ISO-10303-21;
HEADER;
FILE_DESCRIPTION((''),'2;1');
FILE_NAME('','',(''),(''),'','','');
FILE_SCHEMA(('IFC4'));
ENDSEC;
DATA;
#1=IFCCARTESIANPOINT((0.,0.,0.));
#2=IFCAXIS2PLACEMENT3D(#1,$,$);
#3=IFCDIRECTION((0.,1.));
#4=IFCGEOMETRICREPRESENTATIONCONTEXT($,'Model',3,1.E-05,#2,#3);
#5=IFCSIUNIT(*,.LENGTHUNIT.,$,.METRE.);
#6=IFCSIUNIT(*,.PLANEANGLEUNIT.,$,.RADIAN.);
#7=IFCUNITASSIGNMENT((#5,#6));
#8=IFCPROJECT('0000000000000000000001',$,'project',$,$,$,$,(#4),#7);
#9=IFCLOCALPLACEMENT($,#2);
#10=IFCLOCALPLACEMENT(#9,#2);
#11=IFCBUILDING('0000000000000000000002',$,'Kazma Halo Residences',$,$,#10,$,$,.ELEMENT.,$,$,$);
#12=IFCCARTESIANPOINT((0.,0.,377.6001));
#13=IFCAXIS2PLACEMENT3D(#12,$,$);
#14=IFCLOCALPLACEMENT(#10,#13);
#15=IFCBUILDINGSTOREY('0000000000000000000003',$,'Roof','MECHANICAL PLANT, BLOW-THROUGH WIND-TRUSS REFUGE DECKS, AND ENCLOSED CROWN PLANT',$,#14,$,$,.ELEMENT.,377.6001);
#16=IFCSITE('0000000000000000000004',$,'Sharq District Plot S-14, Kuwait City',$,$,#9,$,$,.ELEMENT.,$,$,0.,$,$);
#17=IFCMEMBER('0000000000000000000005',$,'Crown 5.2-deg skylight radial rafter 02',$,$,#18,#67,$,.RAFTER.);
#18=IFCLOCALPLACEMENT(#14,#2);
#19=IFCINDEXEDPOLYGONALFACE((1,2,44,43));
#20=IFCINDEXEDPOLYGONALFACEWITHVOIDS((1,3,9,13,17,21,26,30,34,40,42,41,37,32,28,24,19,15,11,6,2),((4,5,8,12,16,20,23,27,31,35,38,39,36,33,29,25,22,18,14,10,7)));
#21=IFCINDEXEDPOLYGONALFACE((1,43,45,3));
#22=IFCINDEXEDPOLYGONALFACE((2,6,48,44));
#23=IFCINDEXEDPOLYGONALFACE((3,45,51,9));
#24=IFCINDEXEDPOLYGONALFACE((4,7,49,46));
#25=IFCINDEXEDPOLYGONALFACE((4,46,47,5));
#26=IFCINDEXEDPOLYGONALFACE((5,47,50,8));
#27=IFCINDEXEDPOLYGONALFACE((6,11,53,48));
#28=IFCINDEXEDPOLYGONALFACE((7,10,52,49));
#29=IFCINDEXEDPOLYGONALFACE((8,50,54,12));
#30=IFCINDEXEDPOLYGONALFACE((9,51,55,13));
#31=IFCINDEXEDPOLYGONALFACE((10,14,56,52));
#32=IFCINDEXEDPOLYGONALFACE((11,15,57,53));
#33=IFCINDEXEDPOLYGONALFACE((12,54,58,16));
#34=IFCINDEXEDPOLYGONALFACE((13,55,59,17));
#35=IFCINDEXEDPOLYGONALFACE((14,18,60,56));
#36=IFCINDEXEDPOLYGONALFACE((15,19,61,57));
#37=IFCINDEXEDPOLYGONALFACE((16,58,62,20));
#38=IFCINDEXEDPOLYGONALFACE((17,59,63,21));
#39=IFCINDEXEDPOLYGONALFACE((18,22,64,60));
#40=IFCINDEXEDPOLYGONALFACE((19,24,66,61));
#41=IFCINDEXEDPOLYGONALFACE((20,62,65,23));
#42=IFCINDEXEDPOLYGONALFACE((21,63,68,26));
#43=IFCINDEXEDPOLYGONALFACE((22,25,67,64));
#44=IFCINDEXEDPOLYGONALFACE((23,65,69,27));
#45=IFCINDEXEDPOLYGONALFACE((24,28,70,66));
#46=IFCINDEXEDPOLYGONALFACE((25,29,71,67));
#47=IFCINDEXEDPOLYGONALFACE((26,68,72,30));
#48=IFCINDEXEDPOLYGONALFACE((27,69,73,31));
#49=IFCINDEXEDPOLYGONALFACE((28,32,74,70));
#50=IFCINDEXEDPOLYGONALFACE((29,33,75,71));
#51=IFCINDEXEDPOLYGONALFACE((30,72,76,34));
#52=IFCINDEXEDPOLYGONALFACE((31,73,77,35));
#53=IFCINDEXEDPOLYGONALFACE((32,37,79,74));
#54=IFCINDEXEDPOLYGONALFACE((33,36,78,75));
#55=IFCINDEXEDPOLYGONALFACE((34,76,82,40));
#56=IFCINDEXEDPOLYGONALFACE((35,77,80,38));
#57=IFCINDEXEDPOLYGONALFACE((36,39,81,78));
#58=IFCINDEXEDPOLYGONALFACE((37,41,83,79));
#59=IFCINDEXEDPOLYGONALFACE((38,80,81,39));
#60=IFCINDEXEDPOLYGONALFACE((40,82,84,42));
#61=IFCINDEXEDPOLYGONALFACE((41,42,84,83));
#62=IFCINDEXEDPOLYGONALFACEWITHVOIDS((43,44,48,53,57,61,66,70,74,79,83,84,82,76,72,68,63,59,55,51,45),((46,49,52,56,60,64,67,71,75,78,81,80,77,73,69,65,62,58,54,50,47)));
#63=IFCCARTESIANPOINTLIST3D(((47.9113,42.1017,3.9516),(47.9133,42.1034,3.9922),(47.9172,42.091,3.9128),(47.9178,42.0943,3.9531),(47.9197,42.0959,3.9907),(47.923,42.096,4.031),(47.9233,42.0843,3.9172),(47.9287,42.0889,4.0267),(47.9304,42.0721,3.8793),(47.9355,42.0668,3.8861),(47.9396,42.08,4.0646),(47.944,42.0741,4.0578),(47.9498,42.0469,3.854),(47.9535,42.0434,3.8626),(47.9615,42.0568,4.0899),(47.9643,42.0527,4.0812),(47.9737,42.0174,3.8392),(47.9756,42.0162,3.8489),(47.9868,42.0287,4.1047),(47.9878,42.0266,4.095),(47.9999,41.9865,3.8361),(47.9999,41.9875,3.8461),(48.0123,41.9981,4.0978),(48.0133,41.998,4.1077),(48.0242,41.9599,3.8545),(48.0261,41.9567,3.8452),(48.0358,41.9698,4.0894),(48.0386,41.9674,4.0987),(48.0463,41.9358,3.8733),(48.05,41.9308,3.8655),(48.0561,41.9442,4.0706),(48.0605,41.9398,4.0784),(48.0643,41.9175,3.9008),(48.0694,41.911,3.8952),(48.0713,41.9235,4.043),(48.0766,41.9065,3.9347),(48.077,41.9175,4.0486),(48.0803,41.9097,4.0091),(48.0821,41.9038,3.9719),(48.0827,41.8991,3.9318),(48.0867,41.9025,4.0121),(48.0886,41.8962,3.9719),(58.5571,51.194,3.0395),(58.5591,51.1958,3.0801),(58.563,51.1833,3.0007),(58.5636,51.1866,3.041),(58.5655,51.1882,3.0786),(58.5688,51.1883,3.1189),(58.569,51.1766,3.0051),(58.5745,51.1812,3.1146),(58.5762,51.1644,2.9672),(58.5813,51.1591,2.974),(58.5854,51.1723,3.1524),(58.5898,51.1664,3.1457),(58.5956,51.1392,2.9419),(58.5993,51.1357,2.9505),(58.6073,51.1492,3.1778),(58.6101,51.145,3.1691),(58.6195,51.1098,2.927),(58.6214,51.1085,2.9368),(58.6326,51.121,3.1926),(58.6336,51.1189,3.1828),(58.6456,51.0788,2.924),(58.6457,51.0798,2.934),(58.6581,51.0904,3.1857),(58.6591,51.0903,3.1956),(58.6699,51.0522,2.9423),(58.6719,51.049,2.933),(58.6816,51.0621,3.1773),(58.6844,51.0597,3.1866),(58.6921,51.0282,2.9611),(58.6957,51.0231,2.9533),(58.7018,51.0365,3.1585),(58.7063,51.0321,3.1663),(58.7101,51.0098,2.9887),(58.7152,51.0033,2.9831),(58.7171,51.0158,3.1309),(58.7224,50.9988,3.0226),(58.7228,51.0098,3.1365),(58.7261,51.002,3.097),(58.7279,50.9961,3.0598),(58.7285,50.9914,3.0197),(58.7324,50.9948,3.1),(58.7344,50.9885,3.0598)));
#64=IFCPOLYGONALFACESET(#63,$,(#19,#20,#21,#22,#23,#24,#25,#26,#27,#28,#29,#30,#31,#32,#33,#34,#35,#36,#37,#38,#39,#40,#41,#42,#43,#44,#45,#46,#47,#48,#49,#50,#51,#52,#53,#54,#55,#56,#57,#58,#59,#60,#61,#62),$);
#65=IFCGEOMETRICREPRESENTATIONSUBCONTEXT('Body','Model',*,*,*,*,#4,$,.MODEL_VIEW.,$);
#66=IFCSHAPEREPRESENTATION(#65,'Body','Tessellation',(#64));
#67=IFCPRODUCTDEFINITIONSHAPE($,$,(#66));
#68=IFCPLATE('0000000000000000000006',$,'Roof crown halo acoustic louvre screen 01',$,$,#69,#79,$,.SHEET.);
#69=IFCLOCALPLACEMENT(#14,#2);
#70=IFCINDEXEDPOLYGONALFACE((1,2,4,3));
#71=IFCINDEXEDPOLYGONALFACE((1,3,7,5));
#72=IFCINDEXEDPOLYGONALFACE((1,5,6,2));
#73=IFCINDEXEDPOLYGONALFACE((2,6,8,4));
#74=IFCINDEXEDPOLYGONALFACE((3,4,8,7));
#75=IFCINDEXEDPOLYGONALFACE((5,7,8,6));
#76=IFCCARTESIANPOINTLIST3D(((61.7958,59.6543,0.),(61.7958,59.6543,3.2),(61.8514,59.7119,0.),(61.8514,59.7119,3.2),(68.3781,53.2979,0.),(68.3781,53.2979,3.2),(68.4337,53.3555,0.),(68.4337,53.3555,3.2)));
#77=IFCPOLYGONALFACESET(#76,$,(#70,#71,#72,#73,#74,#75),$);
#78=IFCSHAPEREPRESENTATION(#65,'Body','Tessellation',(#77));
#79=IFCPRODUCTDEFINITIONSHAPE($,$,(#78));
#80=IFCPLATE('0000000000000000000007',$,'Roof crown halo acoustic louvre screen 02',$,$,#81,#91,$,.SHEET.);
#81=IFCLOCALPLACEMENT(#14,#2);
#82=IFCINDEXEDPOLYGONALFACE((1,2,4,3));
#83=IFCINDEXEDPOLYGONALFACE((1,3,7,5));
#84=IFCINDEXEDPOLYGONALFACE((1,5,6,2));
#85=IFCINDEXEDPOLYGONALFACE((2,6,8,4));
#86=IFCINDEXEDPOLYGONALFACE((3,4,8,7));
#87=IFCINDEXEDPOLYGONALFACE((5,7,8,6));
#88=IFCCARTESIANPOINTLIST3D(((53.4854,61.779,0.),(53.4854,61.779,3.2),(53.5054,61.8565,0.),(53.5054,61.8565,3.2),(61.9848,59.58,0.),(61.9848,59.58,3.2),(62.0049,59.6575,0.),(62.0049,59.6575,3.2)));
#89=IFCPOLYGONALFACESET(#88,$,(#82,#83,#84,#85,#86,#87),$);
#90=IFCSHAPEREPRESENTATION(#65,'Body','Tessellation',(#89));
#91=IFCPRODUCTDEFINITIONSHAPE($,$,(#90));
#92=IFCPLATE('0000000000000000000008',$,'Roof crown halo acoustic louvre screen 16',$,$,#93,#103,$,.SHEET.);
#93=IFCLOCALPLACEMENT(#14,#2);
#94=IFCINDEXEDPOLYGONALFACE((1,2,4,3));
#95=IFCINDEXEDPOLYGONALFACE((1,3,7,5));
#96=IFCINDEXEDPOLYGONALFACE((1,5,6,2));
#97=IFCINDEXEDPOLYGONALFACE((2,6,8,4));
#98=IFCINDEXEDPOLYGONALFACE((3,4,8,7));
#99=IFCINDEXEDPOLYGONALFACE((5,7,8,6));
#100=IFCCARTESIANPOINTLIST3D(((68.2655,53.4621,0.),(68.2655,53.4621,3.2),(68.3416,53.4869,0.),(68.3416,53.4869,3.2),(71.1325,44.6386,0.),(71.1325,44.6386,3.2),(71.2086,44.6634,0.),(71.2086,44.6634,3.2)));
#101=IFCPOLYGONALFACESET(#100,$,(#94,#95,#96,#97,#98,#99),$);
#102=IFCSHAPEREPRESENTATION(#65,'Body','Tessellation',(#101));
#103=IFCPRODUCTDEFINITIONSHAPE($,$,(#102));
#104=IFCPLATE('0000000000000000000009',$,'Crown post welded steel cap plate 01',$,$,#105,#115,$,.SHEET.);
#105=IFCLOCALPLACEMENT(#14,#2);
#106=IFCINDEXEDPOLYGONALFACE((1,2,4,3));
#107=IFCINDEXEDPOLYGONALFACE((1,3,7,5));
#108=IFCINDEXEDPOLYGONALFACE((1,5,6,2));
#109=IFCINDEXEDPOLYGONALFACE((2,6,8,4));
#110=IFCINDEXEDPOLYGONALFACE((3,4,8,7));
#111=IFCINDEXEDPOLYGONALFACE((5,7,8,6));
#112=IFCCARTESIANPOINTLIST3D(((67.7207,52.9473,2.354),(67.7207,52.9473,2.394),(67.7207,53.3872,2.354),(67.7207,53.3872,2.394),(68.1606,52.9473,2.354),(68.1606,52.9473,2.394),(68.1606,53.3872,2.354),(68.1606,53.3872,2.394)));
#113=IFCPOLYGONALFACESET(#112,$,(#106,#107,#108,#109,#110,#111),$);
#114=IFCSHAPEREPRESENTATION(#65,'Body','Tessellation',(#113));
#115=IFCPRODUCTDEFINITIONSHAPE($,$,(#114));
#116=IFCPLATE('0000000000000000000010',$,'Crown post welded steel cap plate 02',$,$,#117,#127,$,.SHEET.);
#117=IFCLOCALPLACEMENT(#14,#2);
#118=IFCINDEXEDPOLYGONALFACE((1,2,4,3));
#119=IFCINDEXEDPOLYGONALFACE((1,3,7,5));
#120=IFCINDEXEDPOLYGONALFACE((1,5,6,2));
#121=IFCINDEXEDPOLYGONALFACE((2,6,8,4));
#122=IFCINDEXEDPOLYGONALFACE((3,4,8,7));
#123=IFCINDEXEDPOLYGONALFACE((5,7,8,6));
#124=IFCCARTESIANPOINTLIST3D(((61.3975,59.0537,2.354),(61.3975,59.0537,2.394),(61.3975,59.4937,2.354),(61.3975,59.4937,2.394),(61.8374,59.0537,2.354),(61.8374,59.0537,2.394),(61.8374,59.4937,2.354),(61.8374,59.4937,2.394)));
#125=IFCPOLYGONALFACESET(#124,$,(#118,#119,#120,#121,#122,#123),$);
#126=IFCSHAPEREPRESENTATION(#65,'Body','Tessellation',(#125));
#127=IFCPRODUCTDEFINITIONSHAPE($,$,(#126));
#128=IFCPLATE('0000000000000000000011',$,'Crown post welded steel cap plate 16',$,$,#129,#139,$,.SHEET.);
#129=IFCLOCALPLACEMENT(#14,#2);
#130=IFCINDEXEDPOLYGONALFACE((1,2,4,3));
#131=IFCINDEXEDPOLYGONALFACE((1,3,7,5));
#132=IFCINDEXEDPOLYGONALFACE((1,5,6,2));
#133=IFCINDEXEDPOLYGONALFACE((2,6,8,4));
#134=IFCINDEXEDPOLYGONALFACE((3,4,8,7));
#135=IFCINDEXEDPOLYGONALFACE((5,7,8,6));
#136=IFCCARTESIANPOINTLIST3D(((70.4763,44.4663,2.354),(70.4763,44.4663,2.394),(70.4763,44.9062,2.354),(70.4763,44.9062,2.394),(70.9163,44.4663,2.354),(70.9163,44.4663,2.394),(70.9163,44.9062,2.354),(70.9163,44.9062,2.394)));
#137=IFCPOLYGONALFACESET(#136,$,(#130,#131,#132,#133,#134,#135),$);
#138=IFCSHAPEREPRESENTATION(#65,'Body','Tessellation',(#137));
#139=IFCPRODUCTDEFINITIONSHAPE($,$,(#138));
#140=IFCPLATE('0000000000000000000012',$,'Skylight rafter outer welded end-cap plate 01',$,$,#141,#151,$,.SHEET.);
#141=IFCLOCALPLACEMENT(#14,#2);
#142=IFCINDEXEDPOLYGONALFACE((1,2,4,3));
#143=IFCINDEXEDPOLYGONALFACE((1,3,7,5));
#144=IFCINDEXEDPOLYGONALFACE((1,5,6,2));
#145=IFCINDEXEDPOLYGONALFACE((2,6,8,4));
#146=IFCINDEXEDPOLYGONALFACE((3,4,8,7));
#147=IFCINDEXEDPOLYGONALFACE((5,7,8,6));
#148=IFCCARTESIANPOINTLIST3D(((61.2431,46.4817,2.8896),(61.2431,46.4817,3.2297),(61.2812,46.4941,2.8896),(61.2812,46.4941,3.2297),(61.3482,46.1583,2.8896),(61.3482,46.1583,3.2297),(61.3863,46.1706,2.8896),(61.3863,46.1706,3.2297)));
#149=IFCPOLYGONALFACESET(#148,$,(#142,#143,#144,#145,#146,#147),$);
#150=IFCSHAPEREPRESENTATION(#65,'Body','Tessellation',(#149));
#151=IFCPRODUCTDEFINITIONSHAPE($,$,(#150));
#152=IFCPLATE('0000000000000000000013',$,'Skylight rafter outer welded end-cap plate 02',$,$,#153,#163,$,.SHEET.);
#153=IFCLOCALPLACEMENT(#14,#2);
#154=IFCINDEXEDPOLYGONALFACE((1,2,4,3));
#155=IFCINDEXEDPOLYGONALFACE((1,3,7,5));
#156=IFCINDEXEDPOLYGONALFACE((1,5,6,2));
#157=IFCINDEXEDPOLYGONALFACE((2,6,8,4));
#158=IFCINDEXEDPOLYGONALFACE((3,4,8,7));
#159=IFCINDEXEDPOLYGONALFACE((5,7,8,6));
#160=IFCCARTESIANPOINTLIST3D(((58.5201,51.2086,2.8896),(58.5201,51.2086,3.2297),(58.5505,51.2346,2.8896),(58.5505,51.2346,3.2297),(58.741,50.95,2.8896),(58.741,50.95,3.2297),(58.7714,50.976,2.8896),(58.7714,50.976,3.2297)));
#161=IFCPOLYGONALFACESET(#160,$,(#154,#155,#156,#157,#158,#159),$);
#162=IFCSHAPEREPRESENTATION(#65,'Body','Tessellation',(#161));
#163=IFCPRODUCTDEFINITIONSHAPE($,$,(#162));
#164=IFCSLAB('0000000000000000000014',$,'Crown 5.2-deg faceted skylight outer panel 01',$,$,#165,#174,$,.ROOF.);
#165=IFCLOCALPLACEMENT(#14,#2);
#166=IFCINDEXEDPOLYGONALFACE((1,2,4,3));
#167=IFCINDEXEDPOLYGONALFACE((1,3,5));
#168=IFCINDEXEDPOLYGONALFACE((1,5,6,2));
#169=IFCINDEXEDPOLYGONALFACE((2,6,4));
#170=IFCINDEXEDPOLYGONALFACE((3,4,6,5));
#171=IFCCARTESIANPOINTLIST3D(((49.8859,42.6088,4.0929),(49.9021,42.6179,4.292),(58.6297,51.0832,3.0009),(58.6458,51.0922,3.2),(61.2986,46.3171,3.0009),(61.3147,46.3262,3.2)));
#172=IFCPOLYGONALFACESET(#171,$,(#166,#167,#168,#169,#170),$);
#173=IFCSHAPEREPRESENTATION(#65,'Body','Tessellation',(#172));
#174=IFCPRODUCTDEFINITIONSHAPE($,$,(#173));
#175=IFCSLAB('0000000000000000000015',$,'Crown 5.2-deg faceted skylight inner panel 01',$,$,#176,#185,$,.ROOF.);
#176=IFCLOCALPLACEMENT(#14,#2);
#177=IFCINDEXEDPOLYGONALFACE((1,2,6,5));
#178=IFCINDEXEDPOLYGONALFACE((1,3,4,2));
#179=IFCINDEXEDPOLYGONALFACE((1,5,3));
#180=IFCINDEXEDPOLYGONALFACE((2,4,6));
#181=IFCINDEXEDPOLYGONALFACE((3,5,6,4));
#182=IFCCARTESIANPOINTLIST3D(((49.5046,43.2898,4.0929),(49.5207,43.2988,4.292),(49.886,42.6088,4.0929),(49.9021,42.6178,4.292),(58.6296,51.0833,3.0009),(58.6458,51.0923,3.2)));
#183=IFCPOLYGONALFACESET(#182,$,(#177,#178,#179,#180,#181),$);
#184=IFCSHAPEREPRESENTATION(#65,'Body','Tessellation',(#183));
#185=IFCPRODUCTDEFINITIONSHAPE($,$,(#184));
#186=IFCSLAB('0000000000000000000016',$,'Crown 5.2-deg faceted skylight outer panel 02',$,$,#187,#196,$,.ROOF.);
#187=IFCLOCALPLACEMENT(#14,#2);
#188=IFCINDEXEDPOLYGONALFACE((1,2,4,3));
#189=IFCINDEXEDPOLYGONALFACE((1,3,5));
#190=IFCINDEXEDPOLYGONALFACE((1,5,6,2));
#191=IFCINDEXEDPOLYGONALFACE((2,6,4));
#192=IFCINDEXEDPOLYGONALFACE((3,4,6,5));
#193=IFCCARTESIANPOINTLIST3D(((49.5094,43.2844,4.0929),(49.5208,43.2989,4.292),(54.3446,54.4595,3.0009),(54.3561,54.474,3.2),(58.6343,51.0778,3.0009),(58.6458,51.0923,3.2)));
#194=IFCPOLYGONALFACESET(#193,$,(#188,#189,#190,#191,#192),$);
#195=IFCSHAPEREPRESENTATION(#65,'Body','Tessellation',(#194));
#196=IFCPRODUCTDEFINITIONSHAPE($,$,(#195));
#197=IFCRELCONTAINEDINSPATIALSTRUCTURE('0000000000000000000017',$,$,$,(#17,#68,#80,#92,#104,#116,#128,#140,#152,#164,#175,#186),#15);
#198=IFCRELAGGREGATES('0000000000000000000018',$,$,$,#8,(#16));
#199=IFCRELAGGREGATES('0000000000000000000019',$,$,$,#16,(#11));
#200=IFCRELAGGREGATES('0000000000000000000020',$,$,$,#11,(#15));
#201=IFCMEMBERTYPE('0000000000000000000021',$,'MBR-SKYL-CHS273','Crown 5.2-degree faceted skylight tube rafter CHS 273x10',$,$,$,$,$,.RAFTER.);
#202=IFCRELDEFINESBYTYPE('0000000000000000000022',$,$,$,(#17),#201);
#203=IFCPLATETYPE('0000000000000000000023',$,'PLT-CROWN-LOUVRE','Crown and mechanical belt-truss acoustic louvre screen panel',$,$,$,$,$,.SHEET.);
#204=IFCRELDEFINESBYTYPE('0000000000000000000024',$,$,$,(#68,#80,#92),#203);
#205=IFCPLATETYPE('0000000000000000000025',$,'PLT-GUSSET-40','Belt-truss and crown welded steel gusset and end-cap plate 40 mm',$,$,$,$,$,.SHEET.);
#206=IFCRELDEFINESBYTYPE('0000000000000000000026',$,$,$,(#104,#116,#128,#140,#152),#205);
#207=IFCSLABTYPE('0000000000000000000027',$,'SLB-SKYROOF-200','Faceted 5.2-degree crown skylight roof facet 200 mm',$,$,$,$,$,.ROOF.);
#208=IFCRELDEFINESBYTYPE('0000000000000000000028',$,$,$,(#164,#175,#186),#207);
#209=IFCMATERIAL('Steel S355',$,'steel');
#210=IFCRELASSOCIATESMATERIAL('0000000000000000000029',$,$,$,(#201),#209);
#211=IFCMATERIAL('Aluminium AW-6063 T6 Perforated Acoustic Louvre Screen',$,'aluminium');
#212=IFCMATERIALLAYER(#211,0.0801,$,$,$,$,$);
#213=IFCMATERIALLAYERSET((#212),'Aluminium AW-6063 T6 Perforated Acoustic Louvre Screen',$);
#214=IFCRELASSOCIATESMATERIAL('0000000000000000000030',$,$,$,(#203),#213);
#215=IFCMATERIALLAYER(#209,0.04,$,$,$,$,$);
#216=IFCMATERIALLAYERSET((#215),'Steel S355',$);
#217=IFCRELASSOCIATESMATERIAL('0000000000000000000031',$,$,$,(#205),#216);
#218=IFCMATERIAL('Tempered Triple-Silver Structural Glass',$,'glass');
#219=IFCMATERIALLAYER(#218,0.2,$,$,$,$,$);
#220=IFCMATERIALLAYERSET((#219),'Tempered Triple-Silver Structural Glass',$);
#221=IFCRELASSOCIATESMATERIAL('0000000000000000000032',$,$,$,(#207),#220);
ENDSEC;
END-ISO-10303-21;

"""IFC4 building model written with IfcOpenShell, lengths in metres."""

from ifc_helpers import new_model, si_unit, direction, frame, origin, origin_2d, place, context, subcontext, project, spatial, polyline, rectangle, hollow_circle, outline, extrude, material, layer, layer_set, material_profile, profile_set, type_object, element, save


model = new_model("IFC4")

# Units and contexts
model_context = context("Model", 3, precision=1e-05, world=origin(), true_north=direction((0.0, 1.0)))
body_context = subcontext(model_context, "Body", "Model", "MODEL_VIEW")
ifc_project = project(units=[si_unit("LENGTHUNIT", "METRE"), si_unit("PLANEANGLEUNIT", "RADIAN")], contexts=[model_context])

# Site, building, storey
site_placement = place(None, origin())
site = spatial("IfcSite", under=ifc_project, at=site_placement, Name="Sharq District Plot S-14, Kuwait City", CompositionType="ELEMENT", RefElevation=0.0)
building_placement = place(site_placement, origin())
building = spatial("IfcBuilding", under=site, at=building_placement, Name="Kazma Halo Residences", CompositionType="ELEMENT")
storey_placement = place(building_placement, frame((0.0, 0.0, 377.6001)))
storey = spatial("IfcBuildingStorey", under=building, at=storey_placement, Name="Roof", Description="MECHANICAL PLANT, BLOW-THROUGH WIND-TRUSS REFUGE DECKS, AND ENCLOSED CROWN PLANT", CompositionType="ELEMENT", Elevation=377.6001)

# Shared definitions
ifc_material_1 = material(Name="Steel S355", Category="steel")

# Member
ifc_material_profile_1 = material_profile(ifc_material_1, hollow_circle(Radius=0.1365, WallThickness=0.01, at=origin_2d()), Name="CHS273x10")
ifc_profile_set_1 = profile_set([ifc_material_profile_1], Name="Steel S355")
member_type = type_object("IfcMemberType", Name="MBR-SKYL-CHS273", Description="Crown 5.2-degree faceted skylight tube rafter CHS 273x10", PredefinedType="RAFTER", material=ifc_profile_set_1)
member_1_placement = place(storey_placement, frame((58.6458, 51.0923, 3.0598), z_axis=(-0.758799, -0.648072, 0.065013), x_axis=(0.649446, -0.760408, 0.0)))
element("IfcMember", 1, at=member_1_placement, inside=storey, type_object=member_type, Name="Crown 5.2-deg skylight radial rafter 02", PredefinedType="RAFTER", context=body_context, shape_type="SweptSolid", body=[
    extrude(hollow_circle(Radius=0.1365, WallThickness=0.01, at=origin_2d()), origin(), (0.0, 0.0, 1.0), 14.0298),
])

# Plates
ifc_material_2 = material(Name="Aluminium AW-6063 T6 Perforated Acoustic Louvre Screen", Category="aluminium")
ifc_layer_1 = layer(ifc_material_2, 0.0801)
ifc_layer_set_1 = layer_set([ifc_layer_1], Name="Aluminium AW-6063 T6 Perforated Acoustic Louvre Screen")
plate_type_1 = type_object("IfcPlateType", Name="PLT-CROWN-LOUVRE", Description="Crown and mechanical belt-truss acoustic louvre screen panel", PredefinedType="SHEET", material=ifc_layer_set_1)
plate_1_placement = place(storey_placement, frame((65.1147, 56.5049, 0.0), z_axis=(0.0, 0.0, 1.0), x_axis=(-0.719342, 0.694656, 0.0)))
element("IfcPlate", 2, at=plate_1_placement, inside=storey, type_object=plate_type_1, Name="Roof crown halo acoustic louvre screen 01", PredefinedType="SHEET", context=body_context, shape_type="SweptSolid", body=[
    extrude(rectangle(XDim=9.1504, YDim=0.0801, at=origin_2d()), origin(), (0.0, 0.0, 1.0), 3.2),
])
plate_2_placement = place(storey_placement, frame((57.7451, 60.7183, 0.0), z_axis=(0.0, 0.0, 1.0), x_axis=(-0.968124, 0.25047, 0.0)))
element("IfcPlate", 3, at=plate_2_placement, inside=storey, type_object=plate_type_1, Name="Roof crown halo acoustic louvre screen 02", PredefinedType="SHEET", context=body_context, shape_type="SweptSolid", body=[
    extrude(rectangle(XDim=8.7793, YDim=0.0801, at=origin_2d()), origin(), (0.0, 0.0, 1.0), 3.2),
])
plate_3_placement = place(storey_placement, frame((69.7371, 49.0627, 0.0), z_axis=(0.0, 0.0, 1.0), x_axis=(-0.309023, 0.951055, 0.0)))
element("IfcPlate", 4, at=plate_3_placement, inside=storey, type_object=plate_type_1, Name="Roof crown halo acoustic louvre screen 16", PredefinedType="SHEET", context=body_context, shape_type="SweptSolid", body=[
    extrude(rectangle(XDim=9.2776, YDim=0.0801, at=origin_2d()), origin(), (0.0, 0.0, 1.0), 3.2),
])
ifc_layer_2 = layer(ifc_material_1, 0.04)
ifc_layer_set_2 = layer_set([ifc_layer_2], Name="Steel S355")
plate_type_2 = type_object("IfcPlateType", Name="PLT-GUSSET-40", Description="Belt-truss and crown welded steel gusset and end-cap plate 40 mm", PredefinedType="SHEET", material=ifc_layer_set_2)
for number, where, z_axis, x_axis, name in (
    (5, (67.9407, 53.1672, 2.354), (0.0, 0.0, 1.0), (1.0, 0.0, 0.0), "Crown post welded steel cap plate 01"),
    (6, (61.6174, 59.2737, 2.354), (0.0, 0.0, 1.0), (1.0, 0.0, 0.0), "Crown post welded steel cap plate 02"),
    (7, (70.6963, 44.6863, 2.354), (0.0, 0.0, 1.0), (1.0, 0.0, 0.0), "Crown post welded steel cap plate 16"),
):
    element("IfcPlate", number, at=place(storey_placement, frame(where, z_axis=z_axis, x_axis=x_axis)), inside=storey, type_object=plate_type_2, Name=name, PredefinedType="SHEET", context=body_context, shape_type="SweptSolid", body=[
        extrude(rectangle(XDim=0.4399, YDim=0.4399, at=origin_2d()), origin(), (0.0, 0.0, 1.0), 0.04),
    ])
for number, where, z_axis, x_axis, name in (
    (8, (61.3147, 46.3262, 2.8896), (0.0, 0.0, 1.0), (0.951057, 0.309017, 0.0), "Skylight rafter outer welded end-cap plate 01"),
    (9, (58.6458, 51.0923, 2.8896), (0.0, 0.0, 1.0), (0.760406, 0.649448, 0.0), "Skylight rafter outer welded end-cap plate 02"),
):
    element("IfcPlate", number, at=place(storey_placement, frame(where, z_axis=z_axis, x_axis=x_axis)), inside=storey, type_object=plate_type_2, Name=name, PredefinedType="SHEET", context=body_context, shape_type="SweptSolid", body=[
        extrude(rectangle(XDim=0.04, YDim=0.3401, at=origin_2d()), origin(), (0.0, 0.0, 1.0), 0.3401),
    ])

# Slabs
ifc_material_3 = material(Name="Tempered Triple-Silver Structural Glass", Category="glass")
ifc_layer_3 = layer(ifc_material_3, 0.2)
ifc_layer_set_3 = layer_set([ifc_layer_3], Name="Tempered Triple-Silver Structural Glass")
slab_type = type_object("IfcSlabType", Name="SLB-SKYROOF-200", Description="Faceted 5.2-degree crown skylight roof facet 200 mm", PredefinedType="ROOF", material=ifc_layer_set_3)
slab_1_placement = place(storey_placement, frame((61.3147, 46.3262, 3.2), z_axis=(0.080611, 0.045141, 0.995723), x_axis=(-0.488592, 0.872512, 0.0)))
element("IfcSlab", 10, at=slab_1_placement, inside=storey, type_object=slab_type, Name="Crown 5.2-deg faceted skylight outer panel 01", PredefinedType="ROOF", context=body_context, shape_type="SweptSolid", body=[
    extrude(outline(polyline([(0.0, 0.0), (5.4624, 0.0), (2.3406, 11.8201), (0.0, 0.0)])), origin(), (0.0, 0.0, -1.0), 0.2),
])
slab_2_placement = place(storey_placement, frame((58.6458, 51.0923, 3.2), z_axis=(0.080607, 0.045145, 0.995723), x_axis=(-0.757278, -0.646774, 0.090628)))
element("IfcSlab", 11, at=slab_2_placement, inside=storey, type_object=slab_type, Name="Crown 5.2-deg faceted skylight inner panel 01", PredefinedType="ROOF", context=body_context, shape_type="SweptSolid", body=[
    extrude(outline(polyline([(0.0, 0.0), (12.0498, 0.0), (12.2014, 0.7656), (0.0, 0.0)])), origin(), (0.0, 0.0, -1.0), 0.2),
])
slab_3_placement = place(storey_placement, frame((58.6458, 51.0923, 3.2), z_axis=(0.057197, 0.072554, 0.995723), x_axis=(-0.785314, 0.619098, 0.0)))
element("IfcSlab", 12, at=slab_3_placement, inside=storey, type_object=slab_type, Name="Crown 5.2-deg faceted skylight outer panel 02", PredefinedType="ROOF", context=body_context, shape_type="SweptSolid", body=[
    extrude(outline(polyline([(0.0, 0.0), (5.4624, 0.0), (2.3411, 11.8201), (0.0, 0.0)])), origin(), (0.0, 0.0, -1.0), 0.2),
])

save(model, "model.ifc")
